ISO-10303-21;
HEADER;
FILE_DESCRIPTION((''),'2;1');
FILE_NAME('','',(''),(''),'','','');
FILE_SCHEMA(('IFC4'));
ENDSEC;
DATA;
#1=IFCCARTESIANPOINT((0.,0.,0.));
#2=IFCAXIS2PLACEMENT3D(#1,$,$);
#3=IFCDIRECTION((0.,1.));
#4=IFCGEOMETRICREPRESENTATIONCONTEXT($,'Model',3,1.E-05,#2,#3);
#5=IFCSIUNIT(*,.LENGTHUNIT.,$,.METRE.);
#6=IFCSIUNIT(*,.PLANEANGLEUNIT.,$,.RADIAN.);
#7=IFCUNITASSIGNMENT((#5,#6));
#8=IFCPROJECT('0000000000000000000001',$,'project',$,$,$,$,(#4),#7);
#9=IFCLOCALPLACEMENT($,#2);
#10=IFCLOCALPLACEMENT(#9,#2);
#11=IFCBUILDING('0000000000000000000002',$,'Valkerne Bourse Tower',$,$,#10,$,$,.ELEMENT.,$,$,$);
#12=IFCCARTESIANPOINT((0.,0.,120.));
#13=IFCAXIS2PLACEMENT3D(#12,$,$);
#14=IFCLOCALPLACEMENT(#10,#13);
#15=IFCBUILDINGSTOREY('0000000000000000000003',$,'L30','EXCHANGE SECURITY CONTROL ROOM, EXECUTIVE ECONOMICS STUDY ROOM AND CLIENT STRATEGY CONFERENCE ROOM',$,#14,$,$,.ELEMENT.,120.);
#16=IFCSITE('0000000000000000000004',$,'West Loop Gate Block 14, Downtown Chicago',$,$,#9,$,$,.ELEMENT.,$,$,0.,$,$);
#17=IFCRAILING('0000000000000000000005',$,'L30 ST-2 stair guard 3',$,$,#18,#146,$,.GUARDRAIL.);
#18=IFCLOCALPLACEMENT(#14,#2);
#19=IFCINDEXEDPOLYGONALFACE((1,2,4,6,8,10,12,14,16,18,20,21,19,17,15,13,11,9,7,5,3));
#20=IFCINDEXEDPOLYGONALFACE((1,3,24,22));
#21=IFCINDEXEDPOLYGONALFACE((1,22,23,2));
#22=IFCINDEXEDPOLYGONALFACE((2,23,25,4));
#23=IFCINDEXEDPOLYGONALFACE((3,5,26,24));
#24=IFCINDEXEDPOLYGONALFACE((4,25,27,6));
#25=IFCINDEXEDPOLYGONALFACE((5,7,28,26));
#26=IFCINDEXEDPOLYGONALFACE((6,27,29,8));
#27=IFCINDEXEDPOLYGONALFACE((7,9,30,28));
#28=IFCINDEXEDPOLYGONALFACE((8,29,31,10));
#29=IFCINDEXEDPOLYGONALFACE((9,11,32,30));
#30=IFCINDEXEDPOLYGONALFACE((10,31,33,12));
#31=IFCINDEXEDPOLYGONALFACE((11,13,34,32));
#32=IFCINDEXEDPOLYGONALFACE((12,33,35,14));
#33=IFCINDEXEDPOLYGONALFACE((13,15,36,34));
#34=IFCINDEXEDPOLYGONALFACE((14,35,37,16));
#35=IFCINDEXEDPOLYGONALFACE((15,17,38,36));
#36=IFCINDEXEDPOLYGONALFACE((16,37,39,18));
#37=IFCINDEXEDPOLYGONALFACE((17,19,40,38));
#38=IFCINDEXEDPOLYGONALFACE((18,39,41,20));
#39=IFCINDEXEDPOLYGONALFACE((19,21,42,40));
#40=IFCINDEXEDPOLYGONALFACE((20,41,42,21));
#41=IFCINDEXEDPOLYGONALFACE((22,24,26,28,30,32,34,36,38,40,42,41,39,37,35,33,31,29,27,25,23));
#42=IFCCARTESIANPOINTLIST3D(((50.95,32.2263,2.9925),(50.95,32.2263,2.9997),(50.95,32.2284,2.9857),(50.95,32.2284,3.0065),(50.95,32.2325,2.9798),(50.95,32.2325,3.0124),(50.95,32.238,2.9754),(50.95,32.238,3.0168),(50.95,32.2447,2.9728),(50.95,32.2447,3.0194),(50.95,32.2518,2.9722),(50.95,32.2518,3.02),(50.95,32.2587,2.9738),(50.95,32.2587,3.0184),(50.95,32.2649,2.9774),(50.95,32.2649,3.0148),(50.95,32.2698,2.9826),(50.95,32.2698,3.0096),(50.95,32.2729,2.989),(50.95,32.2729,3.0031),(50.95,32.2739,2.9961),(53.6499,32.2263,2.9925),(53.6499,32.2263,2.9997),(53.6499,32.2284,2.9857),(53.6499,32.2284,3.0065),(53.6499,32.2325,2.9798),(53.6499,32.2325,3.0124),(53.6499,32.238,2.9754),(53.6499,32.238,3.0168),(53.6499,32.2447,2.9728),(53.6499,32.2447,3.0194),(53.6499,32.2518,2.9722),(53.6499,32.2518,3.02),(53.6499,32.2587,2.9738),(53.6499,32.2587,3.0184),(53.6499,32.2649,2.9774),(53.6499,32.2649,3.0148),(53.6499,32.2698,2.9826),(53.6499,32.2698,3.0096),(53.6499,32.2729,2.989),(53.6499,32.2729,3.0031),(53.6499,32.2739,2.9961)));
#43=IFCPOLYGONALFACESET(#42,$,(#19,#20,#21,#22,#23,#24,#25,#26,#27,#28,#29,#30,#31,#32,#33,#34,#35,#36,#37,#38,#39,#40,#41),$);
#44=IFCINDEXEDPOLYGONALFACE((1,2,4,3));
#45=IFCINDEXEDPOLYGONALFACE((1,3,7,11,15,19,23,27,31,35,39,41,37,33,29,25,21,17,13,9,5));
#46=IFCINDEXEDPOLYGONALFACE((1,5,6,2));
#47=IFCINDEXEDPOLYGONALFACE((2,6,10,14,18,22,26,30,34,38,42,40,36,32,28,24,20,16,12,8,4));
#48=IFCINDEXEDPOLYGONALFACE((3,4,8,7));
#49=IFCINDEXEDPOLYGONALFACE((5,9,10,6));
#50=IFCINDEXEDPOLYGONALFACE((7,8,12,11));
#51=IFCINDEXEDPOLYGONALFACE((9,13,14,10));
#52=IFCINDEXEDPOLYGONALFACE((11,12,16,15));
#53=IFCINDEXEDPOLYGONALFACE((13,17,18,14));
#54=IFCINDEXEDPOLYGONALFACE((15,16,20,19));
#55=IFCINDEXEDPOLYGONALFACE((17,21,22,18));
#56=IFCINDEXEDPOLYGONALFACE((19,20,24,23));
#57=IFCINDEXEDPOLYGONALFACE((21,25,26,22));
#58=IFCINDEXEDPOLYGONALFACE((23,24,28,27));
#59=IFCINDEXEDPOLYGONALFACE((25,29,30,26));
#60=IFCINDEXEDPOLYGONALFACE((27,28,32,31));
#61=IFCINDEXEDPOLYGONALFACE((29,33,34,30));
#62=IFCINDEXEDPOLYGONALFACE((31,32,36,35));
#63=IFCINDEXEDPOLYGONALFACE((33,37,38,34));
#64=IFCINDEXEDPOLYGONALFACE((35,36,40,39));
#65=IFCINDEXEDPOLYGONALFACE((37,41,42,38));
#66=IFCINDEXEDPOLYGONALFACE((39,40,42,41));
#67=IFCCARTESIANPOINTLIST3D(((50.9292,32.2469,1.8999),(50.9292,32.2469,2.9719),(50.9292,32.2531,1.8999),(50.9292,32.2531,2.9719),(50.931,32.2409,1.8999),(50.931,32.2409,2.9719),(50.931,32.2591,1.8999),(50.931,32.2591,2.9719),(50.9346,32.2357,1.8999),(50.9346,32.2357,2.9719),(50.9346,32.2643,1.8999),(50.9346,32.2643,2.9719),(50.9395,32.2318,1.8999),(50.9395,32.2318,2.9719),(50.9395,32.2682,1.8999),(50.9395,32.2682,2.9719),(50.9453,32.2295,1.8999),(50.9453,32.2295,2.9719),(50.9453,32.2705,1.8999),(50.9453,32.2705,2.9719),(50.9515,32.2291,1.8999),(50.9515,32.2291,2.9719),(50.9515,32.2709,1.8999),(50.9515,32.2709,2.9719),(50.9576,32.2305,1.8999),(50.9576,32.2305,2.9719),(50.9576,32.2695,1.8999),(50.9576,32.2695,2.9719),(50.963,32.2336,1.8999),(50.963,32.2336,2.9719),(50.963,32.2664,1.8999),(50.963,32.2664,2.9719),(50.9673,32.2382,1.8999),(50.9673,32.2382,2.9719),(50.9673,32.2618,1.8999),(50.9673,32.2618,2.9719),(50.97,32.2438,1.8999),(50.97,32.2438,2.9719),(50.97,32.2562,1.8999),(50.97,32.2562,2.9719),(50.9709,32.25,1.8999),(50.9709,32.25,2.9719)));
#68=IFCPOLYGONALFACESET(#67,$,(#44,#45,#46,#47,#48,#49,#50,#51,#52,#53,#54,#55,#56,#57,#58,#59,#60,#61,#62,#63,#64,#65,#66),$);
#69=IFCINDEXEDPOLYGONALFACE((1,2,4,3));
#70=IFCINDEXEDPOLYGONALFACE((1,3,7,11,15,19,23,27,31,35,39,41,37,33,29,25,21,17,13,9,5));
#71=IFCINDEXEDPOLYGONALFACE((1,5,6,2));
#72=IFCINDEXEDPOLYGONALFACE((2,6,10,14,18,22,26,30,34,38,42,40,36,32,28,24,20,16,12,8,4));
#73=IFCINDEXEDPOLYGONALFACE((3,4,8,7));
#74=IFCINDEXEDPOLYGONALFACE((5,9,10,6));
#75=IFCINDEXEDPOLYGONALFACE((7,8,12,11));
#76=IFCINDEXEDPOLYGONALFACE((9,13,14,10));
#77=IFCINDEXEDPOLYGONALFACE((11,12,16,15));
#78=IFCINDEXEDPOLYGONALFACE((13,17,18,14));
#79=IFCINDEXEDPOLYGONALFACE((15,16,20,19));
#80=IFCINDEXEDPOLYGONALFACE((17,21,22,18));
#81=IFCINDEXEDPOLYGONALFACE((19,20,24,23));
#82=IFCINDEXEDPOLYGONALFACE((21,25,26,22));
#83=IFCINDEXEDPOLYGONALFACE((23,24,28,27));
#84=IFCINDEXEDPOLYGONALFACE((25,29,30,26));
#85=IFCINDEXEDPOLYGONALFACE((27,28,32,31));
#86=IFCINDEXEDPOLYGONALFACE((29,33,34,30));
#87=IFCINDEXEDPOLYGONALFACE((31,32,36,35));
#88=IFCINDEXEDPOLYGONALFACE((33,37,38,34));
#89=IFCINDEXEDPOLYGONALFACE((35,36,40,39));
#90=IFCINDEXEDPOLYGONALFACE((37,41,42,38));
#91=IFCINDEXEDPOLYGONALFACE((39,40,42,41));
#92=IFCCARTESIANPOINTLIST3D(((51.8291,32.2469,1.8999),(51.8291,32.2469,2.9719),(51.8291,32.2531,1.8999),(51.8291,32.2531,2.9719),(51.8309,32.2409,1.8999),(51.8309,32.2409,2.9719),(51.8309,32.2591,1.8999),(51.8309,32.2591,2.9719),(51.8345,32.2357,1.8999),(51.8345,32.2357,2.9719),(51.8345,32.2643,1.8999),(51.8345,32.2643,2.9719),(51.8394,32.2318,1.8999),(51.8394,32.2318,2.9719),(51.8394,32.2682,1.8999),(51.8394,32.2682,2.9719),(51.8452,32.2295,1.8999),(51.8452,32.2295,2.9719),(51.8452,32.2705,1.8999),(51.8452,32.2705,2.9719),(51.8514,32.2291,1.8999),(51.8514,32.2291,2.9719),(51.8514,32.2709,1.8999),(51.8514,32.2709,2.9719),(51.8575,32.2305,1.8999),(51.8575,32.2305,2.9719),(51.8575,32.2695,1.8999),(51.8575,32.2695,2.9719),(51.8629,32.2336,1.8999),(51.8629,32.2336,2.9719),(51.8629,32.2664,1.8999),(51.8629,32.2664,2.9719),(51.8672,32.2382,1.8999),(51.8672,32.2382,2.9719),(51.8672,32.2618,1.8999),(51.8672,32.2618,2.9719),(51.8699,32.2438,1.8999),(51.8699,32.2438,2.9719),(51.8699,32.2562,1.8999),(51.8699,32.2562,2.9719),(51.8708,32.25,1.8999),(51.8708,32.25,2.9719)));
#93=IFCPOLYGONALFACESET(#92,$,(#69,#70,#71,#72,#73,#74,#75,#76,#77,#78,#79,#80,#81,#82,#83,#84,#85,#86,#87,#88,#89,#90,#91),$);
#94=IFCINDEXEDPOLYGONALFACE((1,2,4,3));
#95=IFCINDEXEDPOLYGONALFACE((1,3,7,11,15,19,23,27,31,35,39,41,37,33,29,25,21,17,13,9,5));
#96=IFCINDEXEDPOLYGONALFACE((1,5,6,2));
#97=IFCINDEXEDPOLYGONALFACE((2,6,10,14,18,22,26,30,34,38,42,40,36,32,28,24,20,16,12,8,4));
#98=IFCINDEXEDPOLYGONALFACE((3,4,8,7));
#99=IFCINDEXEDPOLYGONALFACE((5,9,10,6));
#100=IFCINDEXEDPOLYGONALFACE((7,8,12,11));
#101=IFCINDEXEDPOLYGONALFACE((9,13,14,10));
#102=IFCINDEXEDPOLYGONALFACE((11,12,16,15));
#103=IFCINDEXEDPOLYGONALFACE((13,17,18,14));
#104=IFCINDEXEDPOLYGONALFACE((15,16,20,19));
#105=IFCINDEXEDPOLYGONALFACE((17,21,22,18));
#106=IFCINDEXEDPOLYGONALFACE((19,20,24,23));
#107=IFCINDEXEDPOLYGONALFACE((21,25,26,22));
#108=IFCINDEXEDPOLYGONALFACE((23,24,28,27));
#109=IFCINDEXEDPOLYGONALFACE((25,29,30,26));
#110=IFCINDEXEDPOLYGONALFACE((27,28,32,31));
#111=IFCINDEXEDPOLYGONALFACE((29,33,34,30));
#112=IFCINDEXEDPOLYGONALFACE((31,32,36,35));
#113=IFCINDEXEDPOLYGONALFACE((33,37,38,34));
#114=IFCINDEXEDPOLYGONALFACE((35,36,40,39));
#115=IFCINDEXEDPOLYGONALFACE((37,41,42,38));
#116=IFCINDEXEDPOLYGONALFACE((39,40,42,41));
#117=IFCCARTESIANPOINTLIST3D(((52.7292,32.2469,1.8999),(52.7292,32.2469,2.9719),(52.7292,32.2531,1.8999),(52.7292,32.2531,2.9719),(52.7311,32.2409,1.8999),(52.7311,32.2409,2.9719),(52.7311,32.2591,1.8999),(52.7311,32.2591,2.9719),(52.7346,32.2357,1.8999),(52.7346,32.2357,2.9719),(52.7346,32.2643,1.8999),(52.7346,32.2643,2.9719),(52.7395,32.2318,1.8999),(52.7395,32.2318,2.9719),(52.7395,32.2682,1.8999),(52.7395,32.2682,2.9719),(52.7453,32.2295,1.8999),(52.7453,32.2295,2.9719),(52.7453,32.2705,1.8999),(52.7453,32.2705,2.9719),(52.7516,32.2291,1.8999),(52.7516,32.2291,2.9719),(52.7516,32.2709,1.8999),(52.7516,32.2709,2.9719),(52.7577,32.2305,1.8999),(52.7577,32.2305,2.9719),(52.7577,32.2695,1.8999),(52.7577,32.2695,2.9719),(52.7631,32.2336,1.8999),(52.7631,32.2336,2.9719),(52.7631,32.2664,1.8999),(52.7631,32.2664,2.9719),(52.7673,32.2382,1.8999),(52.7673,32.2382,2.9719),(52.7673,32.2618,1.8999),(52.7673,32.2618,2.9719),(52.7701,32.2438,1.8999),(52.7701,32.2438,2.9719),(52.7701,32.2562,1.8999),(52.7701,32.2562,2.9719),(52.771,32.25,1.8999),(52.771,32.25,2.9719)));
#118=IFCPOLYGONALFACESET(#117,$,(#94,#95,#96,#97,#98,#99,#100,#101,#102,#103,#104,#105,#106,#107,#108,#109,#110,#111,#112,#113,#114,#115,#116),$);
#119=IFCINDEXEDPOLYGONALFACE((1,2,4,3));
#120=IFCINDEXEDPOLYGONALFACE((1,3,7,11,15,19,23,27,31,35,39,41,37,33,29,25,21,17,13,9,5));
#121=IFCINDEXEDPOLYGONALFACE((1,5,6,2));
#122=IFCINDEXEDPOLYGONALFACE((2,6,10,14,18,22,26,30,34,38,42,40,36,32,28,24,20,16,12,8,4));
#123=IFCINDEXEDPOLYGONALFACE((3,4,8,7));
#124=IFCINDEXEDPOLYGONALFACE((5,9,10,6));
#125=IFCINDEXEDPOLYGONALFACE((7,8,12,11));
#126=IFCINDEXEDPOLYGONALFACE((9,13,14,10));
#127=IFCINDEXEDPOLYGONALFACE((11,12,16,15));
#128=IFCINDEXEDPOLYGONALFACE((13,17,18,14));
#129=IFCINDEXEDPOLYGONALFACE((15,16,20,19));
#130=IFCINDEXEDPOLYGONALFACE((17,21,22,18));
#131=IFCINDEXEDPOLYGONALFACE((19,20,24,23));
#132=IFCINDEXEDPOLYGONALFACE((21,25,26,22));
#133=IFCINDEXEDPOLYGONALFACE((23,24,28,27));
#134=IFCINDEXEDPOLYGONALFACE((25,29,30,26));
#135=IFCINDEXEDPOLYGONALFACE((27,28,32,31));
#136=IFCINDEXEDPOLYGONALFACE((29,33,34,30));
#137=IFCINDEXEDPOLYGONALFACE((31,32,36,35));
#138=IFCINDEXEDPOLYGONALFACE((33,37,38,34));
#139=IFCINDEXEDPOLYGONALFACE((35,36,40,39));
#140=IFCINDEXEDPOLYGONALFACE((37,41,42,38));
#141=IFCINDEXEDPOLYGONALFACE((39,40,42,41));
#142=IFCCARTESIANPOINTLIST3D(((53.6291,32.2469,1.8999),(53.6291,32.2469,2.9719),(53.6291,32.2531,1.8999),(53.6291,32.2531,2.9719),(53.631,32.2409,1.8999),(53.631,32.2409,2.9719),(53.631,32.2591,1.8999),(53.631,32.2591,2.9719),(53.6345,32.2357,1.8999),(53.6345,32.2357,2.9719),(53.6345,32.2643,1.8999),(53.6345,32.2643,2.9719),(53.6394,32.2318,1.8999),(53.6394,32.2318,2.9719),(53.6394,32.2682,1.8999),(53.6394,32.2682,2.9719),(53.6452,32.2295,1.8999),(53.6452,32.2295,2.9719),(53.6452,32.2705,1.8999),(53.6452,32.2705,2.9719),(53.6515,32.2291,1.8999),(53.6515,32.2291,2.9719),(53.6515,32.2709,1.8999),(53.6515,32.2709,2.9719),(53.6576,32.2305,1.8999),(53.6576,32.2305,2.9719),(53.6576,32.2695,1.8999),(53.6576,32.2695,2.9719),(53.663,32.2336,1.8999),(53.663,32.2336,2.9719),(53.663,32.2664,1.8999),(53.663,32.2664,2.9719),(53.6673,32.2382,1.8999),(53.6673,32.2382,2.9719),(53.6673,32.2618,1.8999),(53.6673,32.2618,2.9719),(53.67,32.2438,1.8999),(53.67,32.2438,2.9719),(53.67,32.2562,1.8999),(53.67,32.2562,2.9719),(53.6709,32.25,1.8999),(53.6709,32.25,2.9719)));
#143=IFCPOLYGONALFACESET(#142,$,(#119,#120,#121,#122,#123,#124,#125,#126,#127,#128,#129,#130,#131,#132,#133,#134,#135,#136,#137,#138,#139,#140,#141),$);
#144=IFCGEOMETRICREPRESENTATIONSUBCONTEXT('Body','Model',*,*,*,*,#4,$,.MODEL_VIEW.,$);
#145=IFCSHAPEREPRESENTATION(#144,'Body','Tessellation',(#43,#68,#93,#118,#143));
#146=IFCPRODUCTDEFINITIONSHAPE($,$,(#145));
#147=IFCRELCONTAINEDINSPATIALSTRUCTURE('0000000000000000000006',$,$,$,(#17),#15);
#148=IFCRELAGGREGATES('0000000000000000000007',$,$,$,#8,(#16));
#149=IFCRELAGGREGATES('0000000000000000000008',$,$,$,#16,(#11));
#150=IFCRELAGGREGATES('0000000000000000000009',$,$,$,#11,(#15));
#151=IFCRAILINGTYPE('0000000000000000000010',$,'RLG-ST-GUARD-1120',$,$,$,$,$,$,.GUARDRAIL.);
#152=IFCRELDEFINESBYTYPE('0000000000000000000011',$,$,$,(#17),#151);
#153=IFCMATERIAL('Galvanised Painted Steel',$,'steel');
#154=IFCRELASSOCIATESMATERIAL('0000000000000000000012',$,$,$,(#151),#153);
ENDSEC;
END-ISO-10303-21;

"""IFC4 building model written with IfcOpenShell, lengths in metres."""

from ifc_helpers import new_model, si_unit, direction, frame, origin, origin_2d, place, context, subcontext, project, spatial, circle, extrude, material, type_object, element, save


model = new_model("IFC4")

# Units and contexts
model_context = context("Model", 3, precision=1e-05, world=origin(), true_north=direction((0.0, 1.0)))
body_context = subcontext(model_context, "Body", "Model", "MODEL_VIEW")
ifc_project = project(units=[si_unit("LENGTHUNIT", "METRE"), si_unit("PLANEANGLEUNIT", "RADIAN")], contexts=[model_context])

# Site, building, storey
site_placement = place(None, origin())
site = spatial("IfcSite", under=ifc_project, at=site_placement, Name="West Loop Gate Block 14, Downtown Chicago", CompositionType="ELEMENT", RefElevation=0.0)
building_placement = place(site_placement, origin())
building = spatial("IfcBuilding", under=site, at=building_placement, Name="Valkerne Bourse Tower", CompositionType="ELEMENT")
storey_placement = place(building_placement, frame((0.0, 0.0, 120.0)))
storey = spatial("IfcBuildingStorey", under=building, at=storey_placement, Name="L30", Description="EXCHANGE SECURITY CONTROL ROOM, EXECUTIVE ECONOMICS STUDY ROOM AND CLIENT STRATEGY CONFERENCE ROOM", CompositionType="ELEMENT", Elevation=120.0)

# Shared definitions
ifc_material_1 = material(Name="Galvanised Painted Steel", Category="steel")

# Railing
railing_type_1 = type_object("IfcRailingType", Name="RLG-ST-GUARD-1120", PredefinedType="GUARDRAIL", material=ifc_material_1)
railing_1_placement = place(storey_placement, frame((50.95, 32.25, 1.8999)))
element("IfcRailing", 1, at=railing_1_placement, inside=storey, type_object=railing_type_1, Name="L30 ST-2 stair guard 3", PredefinedType="GUARDRAIL", context=body_context, shape_type="SweptSolid", body=[
    extrude(circle(Radius=0.0239, at=origin_2d()), frame((0.0, 0.0, 1.0962), z_axis=(1.0, 0.0, 0.0), x_axis=(0.0, 1.0, 0.0)), (0.0, 0.0, 1.0), 2.7),
    extrude(circle(Radius=0.021, at=origin_2d()), origin(), (0.0, 0.0, 1.0), 1.072),
    extrude(circle(Radius=0.021, at=origin_2d()), frame((0.8999, 0.0, 0.0)), (0.0, 0.0, 1.0), 1.072),
    extrude(circle(Radius=0.021, at=origin_2d()), frame((1.8, 0.0, 0.0)), (0.0, 0.0, 1.0), 1.072),
    extrude(circle(Radius=0.021, at=origin_2d()), frame((2.7, 0.0, 0.0)), (0.0, 0.0, 1.0), 1.072),
])

save(model, "model.ifc")
